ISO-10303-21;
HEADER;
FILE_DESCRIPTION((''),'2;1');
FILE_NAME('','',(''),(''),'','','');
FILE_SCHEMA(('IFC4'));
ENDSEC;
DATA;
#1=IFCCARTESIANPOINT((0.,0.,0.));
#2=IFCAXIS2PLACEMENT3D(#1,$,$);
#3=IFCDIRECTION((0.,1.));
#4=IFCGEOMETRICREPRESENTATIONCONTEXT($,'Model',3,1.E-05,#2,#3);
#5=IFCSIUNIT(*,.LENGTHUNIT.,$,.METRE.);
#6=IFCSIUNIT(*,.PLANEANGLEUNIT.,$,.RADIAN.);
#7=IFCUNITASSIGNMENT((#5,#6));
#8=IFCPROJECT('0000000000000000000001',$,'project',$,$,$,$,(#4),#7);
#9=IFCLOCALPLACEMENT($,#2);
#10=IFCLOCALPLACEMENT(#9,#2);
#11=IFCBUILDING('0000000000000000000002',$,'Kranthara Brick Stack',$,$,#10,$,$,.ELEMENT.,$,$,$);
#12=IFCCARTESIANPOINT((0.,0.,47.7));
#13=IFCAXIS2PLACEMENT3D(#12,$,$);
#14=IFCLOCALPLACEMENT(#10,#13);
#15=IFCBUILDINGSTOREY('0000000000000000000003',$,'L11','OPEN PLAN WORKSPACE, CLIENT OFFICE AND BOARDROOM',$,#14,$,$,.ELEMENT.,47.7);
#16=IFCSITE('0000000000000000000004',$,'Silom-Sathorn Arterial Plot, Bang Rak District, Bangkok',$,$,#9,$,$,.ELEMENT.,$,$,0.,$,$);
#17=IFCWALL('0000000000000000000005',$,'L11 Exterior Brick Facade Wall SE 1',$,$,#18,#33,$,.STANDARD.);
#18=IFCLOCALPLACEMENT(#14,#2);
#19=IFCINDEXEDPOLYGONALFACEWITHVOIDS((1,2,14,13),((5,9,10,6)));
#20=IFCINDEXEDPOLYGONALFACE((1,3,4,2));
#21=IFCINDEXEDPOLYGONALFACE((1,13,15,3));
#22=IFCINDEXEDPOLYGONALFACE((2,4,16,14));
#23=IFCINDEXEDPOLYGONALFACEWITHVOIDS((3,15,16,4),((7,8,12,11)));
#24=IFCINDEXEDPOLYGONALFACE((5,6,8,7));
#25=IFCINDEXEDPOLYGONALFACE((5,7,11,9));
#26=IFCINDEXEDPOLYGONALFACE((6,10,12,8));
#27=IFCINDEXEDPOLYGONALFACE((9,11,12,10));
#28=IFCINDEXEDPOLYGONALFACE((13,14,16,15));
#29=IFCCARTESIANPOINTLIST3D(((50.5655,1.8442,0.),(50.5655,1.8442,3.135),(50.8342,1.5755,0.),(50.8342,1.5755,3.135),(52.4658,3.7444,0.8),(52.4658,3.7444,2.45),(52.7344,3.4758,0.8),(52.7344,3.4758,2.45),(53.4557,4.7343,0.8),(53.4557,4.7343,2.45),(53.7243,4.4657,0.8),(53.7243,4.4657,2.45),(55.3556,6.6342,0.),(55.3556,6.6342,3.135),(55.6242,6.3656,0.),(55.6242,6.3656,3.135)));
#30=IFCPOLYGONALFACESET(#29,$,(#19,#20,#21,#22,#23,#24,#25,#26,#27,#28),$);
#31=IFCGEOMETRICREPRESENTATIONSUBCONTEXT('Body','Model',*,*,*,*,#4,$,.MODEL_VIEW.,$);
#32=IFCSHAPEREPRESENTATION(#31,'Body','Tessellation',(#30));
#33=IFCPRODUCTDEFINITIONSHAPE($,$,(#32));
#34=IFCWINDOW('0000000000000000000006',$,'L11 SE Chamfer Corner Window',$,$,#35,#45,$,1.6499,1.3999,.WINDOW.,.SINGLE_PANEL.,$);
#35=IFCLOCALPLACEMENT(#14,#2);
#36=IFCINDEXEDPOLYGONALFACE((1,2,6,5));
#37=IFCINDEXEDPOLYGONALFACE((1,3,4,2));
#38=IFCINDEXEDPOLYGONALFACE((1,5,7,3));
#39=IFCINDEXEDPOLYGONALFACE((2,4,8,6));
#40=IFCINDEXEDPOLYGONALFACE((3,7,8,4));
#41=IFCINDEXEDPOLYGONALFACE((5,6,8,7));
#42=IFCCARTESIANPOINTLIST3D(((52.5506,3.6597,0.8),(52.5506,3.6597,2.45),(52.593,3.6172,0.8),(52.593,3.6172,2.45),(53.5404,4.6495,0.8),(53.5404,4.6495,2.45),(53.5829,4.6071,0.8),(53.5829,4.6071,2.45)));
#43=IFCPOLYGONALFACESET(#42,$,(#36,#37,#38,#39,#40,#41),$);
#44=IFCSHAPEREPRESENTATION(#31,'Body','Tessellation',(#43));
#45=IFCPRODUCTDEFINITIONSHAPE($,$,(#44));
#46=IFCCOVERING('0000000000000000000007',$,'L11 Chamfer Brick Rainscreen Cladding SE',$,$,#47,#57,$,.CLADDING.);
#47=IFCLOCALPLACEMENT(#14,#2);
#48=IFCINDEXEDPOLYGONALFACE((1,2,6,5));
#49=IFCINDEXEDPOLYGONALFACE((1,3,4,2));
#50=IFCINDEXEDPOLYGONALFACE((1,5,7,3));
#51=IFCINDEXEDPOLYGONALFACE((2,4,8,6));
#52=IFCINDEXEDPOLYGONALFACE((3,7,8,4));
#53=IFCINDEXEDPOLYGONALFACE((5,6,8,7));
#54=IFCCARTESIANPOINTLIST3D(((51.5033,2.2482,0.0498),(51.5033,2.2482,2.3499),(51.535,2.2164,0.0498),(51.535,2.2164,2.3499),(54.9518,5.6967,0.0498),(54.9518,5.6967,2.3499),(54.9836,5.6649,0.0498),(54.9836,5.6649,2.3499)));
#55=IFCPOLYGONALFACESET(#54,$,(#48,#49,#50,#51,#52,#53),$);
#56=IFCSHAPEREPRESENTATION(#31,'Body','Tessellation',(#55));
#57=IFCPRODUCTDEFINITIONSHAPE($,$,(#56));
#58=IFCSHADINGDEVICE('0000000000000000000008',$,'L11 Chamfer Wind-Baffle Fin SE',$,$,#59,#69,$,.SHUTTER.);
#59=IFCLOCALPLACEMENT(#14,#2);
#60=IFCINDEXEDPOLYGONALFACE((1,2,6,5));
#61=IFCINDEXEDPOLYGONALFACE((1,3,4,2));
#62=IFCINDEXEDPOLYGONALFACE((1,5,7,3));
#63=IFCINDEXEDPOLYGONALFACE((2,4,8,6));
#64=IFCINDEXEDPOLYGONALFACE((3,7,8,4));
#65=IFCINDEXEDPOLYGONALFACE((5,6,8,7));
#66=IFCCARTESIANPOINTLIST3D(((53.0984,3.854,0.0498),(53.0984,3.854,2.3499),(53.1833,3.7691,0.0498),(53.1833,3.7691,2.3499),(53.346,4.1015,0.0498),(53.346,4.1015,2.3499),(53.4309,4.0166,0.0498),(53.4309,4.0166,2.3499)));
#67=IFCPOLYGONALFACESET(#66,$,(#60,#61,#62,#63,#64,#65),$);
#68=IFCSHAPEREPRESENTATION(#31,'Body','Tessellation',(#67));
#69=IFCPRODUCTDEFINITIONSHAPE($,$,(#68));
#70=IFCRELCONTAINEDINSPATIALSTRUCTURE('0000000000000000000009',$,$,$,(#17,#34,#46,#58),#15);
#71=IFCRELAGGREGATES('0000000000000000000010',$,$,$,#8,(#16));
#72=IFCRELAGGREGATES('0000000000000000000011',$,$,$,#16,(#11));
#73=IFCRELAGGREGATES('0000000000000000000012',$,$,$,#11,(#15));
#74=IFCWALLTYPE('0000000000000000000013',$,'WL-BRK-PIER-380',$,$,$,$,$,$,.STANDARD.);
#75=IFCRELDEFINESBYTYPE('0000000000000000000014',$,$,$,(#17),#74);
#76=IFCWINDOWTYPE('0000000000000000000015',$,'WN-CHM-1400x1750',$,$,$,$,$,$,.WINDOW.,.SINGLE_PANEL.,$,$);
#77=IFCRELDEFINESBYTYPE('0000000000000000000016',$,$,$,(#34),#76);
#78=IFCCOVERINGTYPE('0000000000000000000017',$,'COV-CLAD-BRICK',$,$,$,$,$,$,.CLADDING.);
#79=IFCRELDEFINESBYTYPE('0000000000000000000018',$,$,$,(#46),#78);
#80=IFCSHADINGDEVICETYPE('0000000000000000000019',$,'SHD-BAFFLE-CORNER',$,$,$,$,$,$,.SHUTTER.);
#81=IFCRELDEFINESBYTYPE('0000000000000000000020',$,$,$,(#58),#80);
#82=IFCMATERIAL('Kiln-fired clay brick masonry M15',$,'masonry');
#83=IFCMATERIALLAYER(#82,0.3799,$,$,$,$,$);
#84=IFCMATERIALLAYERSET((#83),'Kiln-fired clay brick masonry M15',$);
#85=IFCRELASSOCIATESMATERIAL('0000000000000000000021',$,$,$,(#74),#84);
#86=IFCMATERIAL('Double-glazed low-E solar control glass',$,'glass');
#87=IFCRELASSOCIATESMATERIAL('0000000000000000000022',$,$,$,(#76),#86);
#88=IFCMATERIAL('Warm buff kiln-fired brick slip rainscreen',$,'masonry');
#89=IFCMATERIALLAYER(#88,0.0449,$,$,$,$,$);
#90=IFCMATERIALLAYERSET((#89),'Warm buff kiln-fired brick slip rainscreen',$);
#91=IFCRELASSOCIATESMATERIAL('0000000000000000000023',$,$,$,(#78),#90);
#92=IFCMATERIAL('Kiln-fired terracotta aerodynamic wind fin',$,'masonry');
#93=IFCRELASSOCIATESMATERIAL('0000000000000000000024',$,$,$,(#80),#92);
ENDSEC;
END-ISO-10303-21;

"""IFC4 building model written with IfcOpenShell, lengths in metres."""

from ifc_helpers import new_model, si_unit, direction, frame, frame_2d, origin, origin_2d, place, context, subcontext, project, spatial, rectangle, extrude, material, layer, layer_set, type_object, element, fill, save


model = new_model("IFC4")

# Units and contexts
model_context = context("Model", 3, precision=1e-05, world=origin(), true_north=direction((0.0, 1.0)))
body_context = subcontext(model_context, "Body", "Model", "MODEL_VIEW")
ifc_project = project(units=[si_unit("LENGTHUNIT", "METRE"), si_unit("PLANEANGLEUNIT", "RADIAN")], contexts=[model_context])

# Site, building, storey
site_placement = place(None, origin())
site = spatial("IfcSite", under=ifc_project, at=site_placement, Name="Silom-Sathorn Arterial Plot, Bang Rak District, Bangkok", CompositionType="ELEMENT", RefElevation=0.0)
building_placement = place(site_placement, origin())
building = spatial("IfcBuilding", under=site, at=building_placement, Name="Kranthara Brick Stack", CompositionType="ELEMENT")
storey_placement = place(building_placement, frame((0.0, 0.0, 47.7)))
storey = spatial("IfcBuildingStorey", under=building, at=storey_placement, Name="L11", Description="OPEN PLAN WORKSPACE, CLIENT OFFICE AND BOARDROOM", CompositionType="ELEMENT", Elevation=47.7)

# Shared definitions
ifc_material_1 = material(Name="Kiln-fired clay brick masonry M15", Category="masonry")
ifc_layer_1 = layer(ifc_material_1, 0.3799)
ifc_layer_set_1 = layer_set([ifc_layer_1], Name="Kiln-fired clay brick masonry M15")
wall_type = type_object("IfcWallType", Name="WL-BRK-PIER-380", PredefinedType="STANDARD", material=ifc_layer_set_1)

# Wall, opening, window
wall_1_placement = place(storey_placement, frame((55.49, 6.5, 0.0), z_axis=(0.0, 0.0, 1.0), x_axis=(-0.707107, -0.707107, 0.0)))
wall_1 = element("IfcWall", 1, at=wall_1_placement, inside=storey, type_object=wall_type, Name="L11 Exterior Brick Facade Wall SE 1", PredefinedType="STANDARD", context=body_context, shape_type="SweptSolid", body=[
    extrude(rectangle(XDim=6.7742, YDim=0.3799, at=frame_2d((3.3872, 0.0))), origin(), (0.0, 0.0, 1.0), 3.135),
])
opening_1_placement = place(wall_1_placement, frame((2.687, 0.0, 0.8)))
opening_1 = element("IfcOpeningElement", 2, at=opening_1_placement, cuts=wall_1, PredefinedType="OPENING", context=body_context, shape_type="SweptSolid", body=[
    extrude(rectangle(XDim=1.3999, YDim=1.6499, at=frame_2d((0.7, 0.825))), frame((0.0, 0.2, 0.0), z_axis=(0.0, -1.0, 0.0), x_axis=(1.0, 0.0, 0.0)), (0.0, 0.0, 1.0), 0.3999),
])
ifc_material_2 = material(Name="Double-glazed low-E solar control glass", Category="glass")
window_type_1 = type_object("IfcWindowType", Name="WN-CHM-1400x1750", PartitioningType="SINGLE_PANEL", PredefinedType="WINDOW", material=ifc_material_2)
window_1_placement = place(opening_1_placement, origin())
window_1 = element("IfcWindow", 3, at=window_1_placement, inside=storey, type_object=window_type_1, Name="L11 SE Chamfer Corner Window", OverallHeight=1.6499, OverallWidth=1.3999, PartitioningType="SINGLE_PANEL", PredefinedType="WINDOW", context=body_context, shape_type="SweptSolid", body=[
    extrude(rectangle(XDim=1.3999, YDim=1.6499, at=frame_2d((0.7, 0.825))), frame((0.0, -0.01, 0.0), z_axis=(0.0, -1.0, 0.0), x_axis=(1.0, 0.0, 0.0)), (0.0, 0.0, 1.0), 0.0601),
])
fill(opening_1, window_1)

# Covering
ifc_material_3 = material(Name="Warm buff kiln-fired brick slip rainscreen", Category="masonry")
ifc_layer_2 = layer(ifc_material_3, 0.0449)
ifc_layer_set_2 = layer_set([ifc_layer_2], Name="Warm buff kiln-fired brick slip rainscreen")
covering_type = type_object("IfcCoveringType", Name="COV-CLAD-BRICK", PredefinedType="CLADDING", material=ifc_layer_set_2)
covering_placement = place(storey_placement, frame((53.2434, 3.9565, 0.0498), z_axis=(0.0, 0.0, 1.0), x_axis=(-0.707107, -0.707107, 0.0)))
element("IfcCovering", 4, at=covering_placement, inside=storey, type_object=covering_type, Name="L11 Chamfer Brick Rainscreen Cladding SE", PredefinedType="CLADDING", context=body_context, shape_type="SweptSolid", body=[
    extrude(rectangle(XDim=4.877, YDim=0.0449, at=origin_2d()), origin(), (0.0, 0.0, 1.0), 2.3),
])

# Shading device
ifc_material_4 = material(Name="Kiln-fired terracotta aerodynamic wind fin", Category="masonry")
shading_device_type = type_object("IfcShadingDeviceType", Name="SHD-BAFFLE-CORNER", PredefinedType="SHUTTER", material=ifc_material_4)
shading_device_placement = place(storey_placement, frame((53.2646, 3.9353, 0.0498), z_axis=(0.0, 0.0, 1.0), x_axis=(-0.707107, -0.707107, 0.0)))
element("IfcShadingDevice", 5, at=shading_device_placement, inside=storey, type_object=shading_device_type, Name="L11 Chamfer Wind-Baffle Fin SE", PredefinedType="SHUTTER", context=body_context, shape_type="SweptSolid", body=[
    extrude(rectangle(XDim=0.3501, YDim=0.1201, at=origin_2d()), origin(), (0.0, 0.0, 1.0), 2.3),
])

save(model, "model.ifc")
